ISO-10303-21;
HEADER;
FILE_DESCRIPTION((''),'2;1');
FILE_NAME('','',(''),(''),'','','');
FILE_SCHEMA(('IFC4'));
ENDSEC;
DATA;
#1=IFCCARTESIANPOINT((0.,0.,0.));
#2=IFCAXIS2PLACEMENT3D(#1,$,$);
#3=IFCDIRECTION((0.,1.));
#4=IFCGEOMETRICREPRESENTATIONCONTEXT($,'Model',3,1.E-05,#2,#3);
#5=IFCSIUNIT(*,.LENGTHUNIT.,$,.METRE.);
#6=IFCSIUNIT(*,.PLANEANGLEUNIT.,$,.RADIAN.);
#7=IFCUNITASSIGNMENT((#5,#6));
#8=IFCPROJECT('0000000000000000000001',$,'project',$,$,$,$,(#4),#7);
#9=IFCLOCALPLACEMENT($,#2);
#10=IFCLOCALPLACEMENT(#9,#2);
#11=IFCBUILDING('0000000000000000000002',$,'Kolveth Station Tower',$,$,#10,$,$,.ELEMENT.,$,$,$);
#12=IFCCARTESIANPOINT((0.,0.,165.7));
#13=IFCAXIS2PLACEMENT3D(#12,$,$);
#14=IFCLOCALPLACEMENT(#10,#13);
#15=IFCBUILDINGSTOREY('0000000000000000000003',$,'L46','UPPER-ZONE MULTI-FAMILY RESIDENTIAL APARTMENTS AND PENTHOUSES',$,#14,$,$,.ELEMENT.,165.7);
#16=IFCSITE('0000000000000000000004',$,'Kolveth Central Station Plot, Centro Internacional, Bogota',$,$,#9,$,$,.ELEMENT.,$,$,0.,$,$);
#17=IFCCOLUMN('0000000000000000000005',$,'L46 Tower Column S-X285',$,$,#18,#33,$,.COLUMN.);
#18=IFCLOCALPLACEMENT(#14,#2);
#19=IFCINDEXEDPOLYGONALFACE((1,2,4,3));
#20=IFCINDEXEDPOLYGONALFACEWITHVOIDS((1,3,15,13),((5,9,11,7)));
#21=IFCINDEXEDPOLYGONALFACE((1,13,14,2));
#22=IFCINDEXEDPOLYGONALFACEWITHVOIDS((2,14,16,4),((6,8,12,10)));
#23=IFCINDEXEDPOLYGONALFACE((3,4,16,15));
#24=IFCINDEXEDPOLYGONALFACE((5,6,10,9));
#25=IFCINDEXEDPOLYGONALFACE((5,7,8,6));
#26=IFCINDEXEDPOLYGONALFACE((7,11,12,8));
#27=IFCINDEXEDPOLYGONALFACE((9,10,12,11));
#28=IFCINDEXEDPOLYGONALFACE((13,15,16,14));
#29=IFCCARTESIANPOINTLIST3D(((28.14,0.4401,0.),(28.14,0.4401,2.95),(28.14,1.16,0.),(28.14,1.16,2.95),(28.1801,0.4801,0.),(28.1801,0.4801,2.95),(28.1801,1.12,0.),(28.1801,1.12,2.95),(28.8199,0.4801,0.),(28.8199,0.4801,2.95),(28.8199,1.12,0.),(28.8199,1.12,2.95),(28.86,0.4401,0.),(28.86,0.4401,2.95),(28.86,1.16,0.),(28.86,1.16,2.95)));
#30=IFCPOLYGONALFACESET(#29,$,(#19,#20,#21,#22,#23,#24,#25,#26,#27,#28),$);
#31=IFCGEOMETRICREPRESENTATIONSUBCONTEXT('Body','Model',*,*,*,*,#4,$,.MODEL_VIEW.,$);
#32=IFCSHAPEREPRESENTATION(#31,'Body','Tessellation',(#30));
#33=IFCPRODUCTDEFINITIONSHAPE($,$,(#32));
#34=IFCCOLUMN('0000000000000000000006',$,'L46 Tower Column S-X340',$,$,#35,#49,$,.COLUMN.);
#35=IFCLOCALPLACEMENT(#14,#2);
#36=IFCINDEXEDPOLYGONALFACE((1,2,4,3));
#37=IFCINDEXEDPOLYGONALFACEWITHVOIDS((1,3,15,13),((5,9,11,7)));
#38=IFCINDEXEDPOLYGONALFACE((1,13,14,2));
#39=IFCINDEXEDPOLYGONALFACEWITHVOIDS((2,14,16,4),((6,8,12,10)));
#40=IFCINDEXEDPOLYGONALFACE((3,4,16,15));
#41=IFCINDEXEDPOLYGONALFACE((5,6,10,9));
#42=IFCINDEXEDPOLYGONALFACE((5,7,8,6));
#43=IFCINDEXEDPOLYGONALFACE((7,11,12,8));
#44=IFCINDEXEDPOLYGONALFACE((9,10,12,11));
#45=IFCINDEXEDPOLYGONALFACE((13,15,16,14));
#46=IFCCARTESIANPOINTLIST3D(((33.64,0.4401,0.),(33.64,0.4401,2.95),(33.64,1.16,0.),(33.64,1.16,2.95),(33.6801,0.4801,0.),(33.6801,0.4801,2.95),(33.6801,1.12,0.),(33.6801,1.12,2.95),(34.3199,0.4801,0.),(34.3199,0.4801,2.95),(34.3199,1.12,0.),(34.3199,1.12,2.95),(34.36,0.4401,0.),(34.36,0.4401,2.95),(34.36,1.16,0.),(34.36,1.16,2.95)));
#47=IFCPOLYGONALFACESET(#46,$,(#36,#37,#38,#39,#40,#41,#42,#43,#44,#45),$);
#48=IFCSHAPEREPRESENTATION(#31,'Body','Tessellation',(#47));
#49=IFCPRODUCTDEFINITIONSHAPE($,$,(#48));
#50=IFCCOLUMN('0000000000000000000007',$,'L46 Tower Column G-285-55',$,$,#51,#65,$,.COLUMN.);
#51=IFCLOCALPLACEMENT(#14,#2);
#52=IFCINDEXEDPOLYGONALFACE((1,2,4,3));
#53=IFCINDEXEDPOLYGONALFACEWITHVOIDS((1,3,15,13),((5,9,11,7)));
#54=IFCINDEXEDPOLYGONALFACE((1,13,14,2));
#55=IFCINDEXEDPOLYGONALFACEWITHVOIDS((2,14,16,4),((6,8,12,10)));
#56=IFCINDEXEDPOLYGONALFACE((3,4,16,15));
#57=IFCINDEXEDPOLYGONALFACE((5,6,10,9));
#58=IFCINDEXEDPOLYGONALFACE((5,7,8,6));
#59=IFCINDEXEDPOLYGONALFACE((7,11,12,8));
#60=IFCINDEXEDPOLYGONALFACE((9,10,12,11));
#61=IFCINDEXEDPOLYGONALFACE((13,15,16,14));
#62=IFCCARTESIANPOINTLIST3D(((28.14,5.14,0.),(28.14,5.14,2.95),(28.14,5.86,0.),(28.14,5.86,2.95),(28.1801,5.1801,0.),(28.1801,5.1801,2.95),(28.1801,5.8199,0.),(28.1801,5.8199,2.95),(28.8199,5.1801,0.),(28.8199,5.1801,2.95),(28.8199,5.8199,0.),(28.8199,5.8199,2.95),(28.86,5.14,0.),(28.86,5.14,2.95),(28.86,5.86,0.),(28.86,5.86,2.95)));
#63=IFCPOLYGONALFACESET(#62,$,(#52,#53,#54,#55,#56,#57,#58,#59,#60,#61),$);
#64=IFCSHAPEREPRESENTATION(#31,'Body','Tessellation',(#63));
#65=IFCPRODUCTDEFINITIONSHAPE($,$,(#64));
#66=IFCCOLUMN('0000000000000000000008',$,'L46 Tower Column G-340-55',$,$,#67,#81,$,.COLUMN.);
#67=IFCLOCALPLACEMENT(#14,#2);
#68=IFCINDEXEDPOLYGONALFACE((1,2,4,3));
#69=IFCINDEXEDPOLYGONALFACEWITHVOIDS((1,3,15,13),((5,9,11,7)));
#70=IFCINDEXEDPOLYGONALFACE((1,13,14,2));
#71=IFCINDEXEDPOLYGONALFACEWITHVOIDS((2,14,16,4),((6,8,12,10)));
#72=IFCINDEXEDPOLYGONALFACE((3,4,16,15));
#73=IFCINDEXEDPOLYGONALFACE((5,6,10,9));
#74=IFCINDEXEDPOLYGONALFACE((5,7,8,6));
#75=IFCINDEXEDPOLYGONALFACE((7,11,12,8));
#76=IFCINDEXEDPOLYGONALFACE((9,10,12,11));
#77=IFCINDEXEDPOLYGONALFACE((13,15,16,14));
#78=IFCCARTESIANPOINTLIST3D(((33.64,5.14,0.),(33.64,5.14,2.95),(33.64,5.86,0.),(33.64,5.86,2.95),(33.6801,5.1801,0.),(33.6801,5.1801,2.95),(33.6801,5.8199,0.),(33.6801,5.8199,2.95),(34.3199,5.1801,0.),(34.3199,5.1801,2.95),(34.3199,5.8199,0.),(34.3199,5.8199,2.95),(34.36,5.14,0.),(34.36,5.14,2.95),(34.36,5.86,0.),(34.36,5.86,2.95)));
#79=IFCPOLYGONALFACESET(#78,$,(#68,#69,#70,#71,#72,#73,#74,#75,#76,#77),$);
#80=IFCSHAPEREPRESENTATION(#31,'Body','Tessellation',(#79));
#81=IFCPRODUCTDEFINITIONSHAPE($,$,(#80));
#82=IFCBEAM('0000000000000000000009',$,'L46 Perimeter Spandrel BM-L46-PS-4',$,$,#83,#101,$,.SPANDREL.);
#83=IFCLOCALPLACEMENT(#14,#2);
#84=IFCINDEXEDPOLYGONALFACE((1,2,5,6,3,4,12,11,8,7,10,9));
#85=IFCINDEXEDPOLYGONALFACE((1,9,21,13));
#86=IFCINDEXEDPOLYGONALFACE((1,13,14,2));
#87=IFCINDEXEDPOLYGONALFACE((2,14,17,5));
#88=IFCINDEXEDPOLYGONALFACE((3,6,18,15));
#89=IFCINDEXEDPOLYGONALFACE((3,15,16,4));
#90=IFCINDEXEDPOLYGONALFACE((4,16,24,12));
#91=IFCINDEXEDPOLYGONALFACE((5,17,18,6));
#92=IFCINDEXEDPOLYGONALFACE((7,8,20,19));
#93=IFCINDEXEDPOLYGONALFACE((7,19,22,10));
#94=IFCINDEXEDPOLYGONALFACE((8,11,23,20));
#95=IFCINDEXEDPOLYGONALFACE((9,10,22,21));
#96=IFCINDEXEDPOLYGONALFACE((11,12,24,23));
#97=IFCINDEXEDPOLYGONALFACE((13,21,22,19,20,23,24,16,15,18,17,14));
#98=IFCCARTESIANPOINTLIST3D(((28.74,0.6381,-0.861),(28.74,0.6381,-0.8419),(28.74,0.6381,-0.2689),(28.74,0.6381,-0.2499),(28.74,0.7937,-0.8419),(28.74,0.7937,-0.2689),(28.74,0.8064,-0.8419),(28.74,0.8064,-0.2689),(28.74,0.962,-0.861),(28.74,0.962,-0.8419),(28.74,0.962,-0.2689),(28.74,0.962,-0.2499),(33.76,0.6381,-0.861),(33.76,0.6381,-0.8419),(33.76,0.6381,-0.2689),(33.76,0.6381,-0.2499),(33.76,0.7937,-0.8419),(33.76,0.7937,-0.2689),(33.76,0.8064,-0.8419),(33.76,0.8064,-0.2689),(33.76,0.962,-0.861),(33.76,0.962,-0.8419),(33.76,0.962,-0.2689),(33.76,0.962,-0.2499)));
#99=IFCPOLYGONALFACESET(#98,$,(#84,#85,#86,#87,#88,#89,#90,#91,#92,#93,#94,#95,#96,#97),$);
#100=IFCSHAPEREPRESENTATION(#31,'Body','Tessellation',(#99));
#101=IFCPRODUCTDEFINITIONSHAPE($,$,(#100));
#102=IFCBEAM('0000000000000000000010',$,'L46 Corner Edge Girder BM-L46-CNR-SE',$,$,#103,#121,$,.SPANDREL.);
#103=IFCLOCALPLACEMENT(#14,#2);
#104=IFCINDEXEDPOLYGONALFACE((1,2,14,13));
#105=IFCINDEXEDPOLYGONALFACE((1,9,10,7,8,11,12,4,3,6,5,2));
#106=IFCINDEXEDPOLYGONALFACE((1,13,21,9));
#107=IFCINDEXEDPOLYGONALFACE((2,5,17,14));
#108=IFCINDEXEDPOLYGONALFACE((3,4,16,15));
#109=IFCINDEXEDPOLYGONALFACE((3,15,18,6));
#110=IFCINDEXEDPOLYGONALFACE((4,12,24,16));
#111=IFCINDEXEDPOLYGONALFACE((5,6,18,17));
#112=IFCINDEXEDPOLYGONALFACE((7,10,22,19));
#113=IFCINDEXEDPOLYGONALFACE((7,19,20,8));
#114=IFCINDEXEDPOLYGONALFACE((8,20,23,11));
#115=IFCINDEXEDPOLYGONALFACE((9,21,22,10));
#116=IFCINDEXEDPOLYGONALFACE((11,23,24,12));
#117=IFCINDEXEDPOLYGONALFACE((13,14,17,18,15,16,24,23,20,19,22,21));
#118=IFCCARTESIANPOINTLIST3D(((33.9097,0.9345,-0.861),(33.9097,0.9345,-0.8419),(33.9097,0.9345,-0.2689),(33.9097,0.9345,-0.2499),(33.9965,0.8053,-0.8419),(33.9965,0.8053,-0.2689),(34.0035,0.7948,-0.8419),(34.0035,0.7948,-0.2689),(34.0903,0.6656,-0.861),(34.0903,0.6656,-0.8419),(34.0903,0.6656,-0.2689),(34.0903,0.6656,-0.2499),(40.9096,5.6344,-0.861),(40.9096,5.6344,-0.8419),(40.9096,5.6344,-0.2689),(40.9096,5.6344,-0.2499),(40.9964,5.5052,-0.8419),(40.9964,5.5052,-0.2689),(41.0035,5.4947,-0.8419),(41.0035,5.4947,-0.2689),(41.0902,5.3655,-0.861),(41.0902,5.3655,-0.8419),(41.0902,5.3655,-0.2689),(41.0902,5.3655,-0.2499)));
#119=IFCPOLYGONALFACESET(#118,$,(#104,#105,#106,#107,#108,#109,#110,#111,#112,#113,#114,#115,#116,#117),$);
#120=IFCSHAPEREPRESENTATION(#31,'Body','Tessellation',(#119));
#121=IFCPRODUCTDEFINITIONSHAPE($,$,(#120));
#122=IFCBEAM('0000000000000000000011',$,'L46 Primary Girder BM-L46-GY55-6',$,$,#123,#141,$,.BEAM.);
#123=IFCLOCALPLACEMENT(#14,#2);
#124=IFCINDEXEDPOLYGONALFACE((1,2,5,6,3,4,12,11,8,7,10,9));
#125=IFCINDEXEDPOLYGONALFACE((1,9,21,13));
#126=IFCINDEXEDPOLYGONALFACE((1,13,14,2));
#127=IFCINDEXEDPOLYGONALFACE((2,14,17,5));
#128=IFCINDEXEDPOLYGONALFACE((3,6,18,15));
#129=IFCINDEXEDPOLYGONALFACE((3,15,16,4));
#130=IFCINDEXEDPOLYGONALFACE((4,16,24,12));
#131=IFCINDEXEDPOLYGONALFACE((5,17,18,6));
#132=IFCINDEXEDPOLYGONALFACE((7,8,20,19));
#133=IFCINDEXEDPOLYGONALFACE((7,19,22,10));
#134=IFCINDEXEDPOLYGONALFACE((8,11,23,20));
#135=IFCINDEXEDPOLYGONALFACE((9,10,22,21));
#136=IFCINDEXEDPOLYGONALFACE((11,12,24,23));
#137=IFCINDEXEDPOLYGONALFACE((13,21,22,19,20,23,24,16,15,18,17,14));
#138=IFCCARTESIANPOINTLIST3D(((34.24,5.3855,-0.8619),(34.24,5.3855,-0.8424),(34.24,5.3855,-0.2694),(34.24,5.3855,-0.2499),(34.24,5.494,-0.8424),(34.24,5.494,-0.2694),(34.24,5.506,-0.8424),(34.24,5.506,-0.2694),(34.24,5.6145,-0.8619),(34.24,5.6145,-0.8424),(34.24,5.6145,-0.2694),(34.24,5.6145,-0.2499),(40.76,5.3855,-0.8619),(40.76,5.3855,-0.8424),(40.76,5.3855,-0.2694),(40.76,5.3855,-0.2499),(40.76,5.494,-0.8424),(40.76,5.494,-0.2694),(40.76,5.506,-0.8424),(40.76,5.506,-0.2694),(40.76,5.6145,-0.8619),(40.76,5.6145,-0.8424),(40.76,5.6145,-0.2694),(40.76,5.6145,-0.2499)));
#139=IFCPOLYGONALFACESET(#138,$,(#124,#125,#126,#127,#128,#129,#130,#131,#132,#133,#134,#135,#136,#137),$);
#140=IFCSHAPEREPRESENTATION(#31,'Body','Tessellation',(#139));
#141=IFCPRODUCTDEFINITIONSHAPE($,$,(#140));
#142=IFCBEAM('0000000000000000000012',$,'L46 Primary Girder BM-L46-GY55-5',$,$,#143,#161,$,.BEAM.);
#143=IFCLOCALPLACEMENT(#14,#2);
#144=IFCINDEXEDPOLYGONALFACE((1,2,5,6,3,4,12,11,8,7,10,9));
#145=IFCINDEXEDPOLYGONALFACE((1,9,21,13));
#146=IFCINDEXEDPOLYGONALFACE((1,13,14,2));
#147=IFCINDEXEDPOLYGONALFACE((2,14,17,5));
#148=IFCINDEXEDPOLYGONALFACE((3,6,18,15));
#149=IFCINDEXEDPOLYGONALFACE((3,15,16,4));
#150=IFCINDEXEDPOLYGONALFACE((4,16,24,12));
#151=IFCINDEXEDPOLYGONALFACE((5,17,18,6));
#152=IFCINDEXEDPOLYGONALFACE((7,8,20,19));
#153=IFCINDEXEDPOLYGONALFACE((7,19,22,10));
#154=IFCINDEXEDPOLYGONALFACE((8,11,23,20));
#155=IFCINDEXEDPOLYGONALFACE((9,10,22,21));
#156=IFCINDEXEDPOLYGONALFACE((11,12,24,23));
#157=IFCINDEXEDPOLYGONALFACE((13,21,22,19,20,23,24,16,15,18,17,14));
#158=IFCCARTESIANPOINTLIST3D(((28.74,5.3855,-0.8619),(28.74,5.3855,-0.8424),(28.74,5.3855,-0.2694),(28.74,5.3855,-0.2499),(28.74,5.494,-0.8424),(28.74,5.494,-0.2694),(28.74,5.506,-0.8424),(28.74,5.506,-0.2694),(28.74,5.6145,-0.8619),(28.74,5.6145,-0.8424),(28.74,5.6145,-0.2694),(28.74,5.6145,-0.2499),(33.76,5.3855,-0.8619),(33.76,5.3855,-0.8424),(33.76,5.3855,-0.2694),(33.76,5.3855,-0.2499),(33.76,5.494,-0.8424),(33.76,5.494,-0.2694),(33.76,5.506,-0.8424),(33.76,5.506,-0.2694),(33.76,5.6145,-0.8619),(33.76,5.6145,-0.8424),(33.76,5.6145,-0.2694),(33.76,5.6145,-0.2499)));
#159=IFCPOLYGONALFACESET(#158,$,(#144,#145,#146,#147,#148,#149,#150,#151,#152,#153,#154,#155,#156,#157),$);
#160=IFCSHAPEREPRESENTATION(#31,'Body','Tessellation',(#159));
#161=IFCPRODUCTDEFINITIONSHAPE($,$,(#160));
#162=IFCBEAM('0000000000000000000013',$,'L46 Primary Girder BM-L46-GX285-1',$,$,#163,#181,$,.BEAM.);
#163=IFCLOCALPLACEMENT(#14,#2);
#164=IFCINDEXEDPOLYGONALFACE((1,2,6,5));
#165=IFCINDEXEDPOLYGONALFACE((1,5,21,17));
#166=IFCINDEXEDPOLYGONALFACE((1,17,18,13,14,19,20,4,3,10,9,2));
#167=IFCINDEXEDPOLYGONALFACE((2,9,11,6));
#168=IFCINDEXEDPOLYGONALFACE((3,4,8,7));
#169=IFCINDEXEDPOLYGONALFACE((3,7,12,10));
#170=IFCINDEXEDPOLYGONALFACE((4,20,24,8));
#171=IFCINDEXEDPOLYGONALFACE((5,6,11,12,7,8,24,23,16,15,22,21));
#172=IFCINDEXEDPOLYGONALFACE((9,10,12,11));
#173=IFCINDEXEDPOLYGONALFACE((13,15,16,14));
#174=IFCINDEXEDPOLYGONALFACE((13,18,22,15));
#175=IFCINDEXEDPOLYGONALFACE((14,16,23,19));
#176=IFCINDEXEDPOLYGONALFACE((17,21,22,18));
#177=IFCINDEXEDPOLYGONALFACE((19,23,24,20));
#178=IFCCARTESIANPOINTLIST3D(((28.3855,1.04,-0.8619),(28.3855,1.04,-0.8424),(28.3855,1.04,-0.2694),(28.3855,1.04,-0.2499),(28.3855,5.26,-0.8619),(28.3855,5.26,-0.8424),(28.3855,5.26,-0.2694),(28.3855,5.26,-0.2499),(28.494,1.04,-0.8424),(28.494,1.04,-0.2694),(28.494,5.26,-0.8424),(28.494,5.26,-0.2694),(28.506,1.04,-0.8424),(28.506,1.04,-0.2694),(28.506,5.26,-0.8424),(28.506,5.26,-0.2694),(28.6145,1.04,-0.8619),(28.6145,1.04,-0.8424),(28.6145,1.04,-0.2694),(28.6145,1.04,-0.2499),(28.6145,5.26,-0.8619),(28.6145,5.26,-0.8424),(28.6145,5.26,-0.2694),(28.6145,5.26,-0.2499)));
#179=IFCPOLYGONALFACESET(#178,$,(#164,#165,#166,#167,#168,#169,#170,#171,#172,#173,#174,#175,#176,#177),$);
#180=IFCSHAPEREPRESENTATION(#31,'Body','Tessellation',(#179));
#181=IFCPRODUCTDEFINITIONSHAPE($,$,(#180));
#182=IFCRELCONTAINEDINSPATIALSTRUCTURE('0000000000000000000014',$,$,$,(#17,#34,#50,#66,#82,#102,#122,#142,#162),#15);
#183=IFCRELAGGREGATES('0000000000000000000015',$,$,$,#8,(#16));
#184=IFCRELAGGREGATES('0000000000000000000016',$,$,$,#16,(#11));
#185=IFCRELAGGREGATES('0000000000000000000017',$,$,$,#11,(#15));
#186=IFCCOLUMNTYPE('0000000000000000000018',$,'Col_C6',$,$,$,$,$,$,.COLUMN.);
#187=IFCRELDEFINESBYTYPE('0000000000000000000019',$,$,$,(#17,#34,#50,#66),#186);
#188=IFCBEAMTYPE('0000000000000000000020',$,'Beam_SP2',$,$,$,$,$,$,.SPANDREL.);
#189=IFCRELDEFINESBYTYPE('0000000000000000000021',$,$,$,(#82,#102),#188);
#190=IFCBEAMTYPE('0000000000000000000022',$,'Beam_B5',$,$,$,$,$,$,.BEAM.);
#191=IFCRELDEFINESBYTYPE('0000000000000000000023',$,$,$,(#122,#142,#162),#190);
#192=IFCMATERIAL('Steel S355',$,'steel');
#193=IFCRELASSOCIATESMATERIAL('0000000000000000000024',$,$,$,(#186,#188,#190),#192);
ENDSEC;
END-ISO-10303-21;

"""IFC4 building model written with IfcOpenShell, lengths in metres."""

from ifc_helpers import new_model, si_unit, direction, frame, origin, origin_2d, place, context, subcontext, project, spatial, hollow_rectangle, i_section, extrude, source, transform, mapped, material, material_profile, profile_set, type_object, element, save


model = new_model("IFC4")

# Units and contexts
model_context = context("Model", 3, precision=1e-05, world=origin(), true_north=direction((0.0, 1.0)))
body_context = subcontext(model_context, "Body", "Model", "MODEL_VIEW")
ifc_project = project(units=[si_unit("LENGTHUNIT", "METRE"), si_unit("PLANEANGLEUNIT", "RADIAN")], contexts=[model_context])

# Site, building, storey
site_placement = place(None, origin())
site = spatial("IfcSite", under=ifc_project, at=site_placement, Name="Kolveth Central Station Plot, Centro Internacional, Bogota", CompositionType="ELEMENT", RefElevation=0.0)
building_placement = place(site_placement, origin())
building = spatial("IfcBuilding", under=site, at=building_placement, Name="Kolveth Station Tower", CompositionType="ELEMENT")
storey_placement = place(building_placement, frame((0.0, 0.0, 165.7)))
storey = spatial("IfcBuildingStorey", under=building, at=storey_placement, Name="L46", Description="UPPER-ZONE MULTI-FAMILY RESIDENTIAL APARTMENTS AND PENTHOUSES", CompositionType="ELEMENT", Elevation=165.7)

# Columns
ifc_material_1 = material(Name="Steel S355", Category="steel")
ifc_material_profile_1 = material_profile(ifc_material_1, hollow_rectangle(XDim=0.72, YDim=0.72, WallThickness=0.04, at=origin_2d()), Name="BOX720x720x40")
ifc_profile_set_1 = profile_set([ifc_material_profile_1], Name="Steel S355")
column_type = type_object("IfcColumnType", Name="Col_C6", PredefinedType="COLUMN", material=ifc_profile_set_1)
shared_shape_1 = source(origin(), body_context, "Body", "SweptSolid", [
    extrude(hollow_rectangle(XDim=0.72, YDim=0.72, WallThickness=0.04, at=origin_2d()), origin(), (0.0, 0.0, 1.0), 2.95),
])
for number, where, z_axis, x_axis, name in (
    (1, (28.5, 0.8, 0.0), (0.0, 0.0, 1.0), (1.0, 0.0, 0.0), "L46 Tower Column S-X285"),
    (2, (34.0, 0.8, 0.0), (0.0, 0.0, 1.0), (1.0, 0.0, 0.0), "L46 Tower Column S-X340"),
    (3, (28.5, 5.5, 0.0), (0.0, 0.0, 1.0), (1.0, 0.0, 0.0), "L46 Tower Column G-285-55"),
    (4, (34.0, 5.5, 0.0), (0.0, 0.0, 1.0), (1.0, 0.0, 0.0), "L46 Tower Column G-340-55"),
):
    element("IfcColumn", number, at=place(storey_placement, frame(where, z_axis=z_axis, x_axis=x_axis)), inside=storey, type_object=column_type, Name=name, PredefinedType="COLUMN", context=body_context, shape_type="MappedRepresentation", body=[
        mapped(shared_shape_1, transform((0.0, 0.0, 0.0), x_axis=(1.0, 0.0, 0.0), y_axis=(0.0, 1.0, 0.0), z_axis=(0.0, 0.0, 1.0), scale=1.0)),
    ])

# Beams
ifc_material_profile_2 = material_profile(ifc_material_1, i_section(OverallWidth=0.324, OverallDepth=0.6111, WebThickness=0.0127, FlangeThickness=0.019, at=origin_2d()), Name="W610x155")
ifc_profile_set_2 = profile_set([ifc_material_profile_2], Name="Steel S355")
beam_type_1 = type_object("IfcBeamType", Name="Beam_SP2", PredefinedType="SPANDREL", material=ifc_profile_set_2)
shared_shape_2 = source(origin(), body_context, "Body", "SweptSolid", [
    extrude(i_section(OverallWidth=0.324, OverallDepth=0.6111, WebThickness=0.0127, FlangeThickness=0.019, at=origin_2d()), origin(), (0.0, 0.0, 1.0), 5.02),
])
beam_1_placement = place(storey_placement, frame((28.74, 0.8, -0.5554), z_axis=(1.0, 0.0, 0.0), x_axis=(0.0, 1.0, 0.0)))
element("IfcBeam", 5, at=beam_1_placement, inside=storey, type_object=beam_type_1, Name="L46 Perimeter Spandrel BM-L46-PS-4", PredefinedType="SPANDREL", context=body_context, shape_type="MappedRepresentation", body=[
    mapped(shared_shape_2, transform((0.0, 0.0, 0.0), x_axis=(1.0, 0.0, 0.0), y_axis=(0.0, 1.0, 0.0), z_axis=(0.0, 0.0, 1.0), scale=1.0)),
])
shared_shape_3 = source(origin(), body_context, "Body", "SweptSolid", [
    extrude(i_section(OverallWidth=0.324, OverallDepth=0.6111, WebThickness=0.0127, FlangeThickness=0.019, at=origin_2d()), origin(), (0.0, 0.0, 1.0), 8.4314),
])
beam_2_placement = place(storey_placement, frame((34.0, 0.8, -0.5554), z_axis=(0.830224, 0.55743, 0.0), x_axis=(-0.55743, 0.830224, 0.0)))
element("IfcBeam", 6, at=beam_2_placement, inside=storey, type_object=beam_type_1, Name="L46 Corner Edge Girder BM-L46-CNR-SE", PredefinedType="SPANDREL", context=body_context, shape_type="MappedRepresentation", body=[
    mapped(shared_shape_3, transform((0.0, 0.0, 0.0), x_axis=(1.0, 0.0, 0.0), y_axis=(0.0, 1.0, 0.0), z_axis=(0.0, 0.0, 1.0), scale=1.0)),
])
ifc_material_profile_3 = material_profile(ifc_material_1, i_section(OverallWidth=0.229, OverallDepth=0.6121, WebThickness=0.012, FlangeThickness=0.0195, at=origin_2d()), Name="W610x125")
ifc_profile_set_3 = profile_set([ifc_material_profile_3], Name="Steel S355")
beam_type_2 = type_object("IfcBeamType", Name="Beam_B5", PredefinedType="BEAM", material=ifc_profile_set_3)
shared_shape_4 = source(origin(), body_context, "Body", "SweptSolid", [
    extrude(i_section(OverallWidth=0.229, OverallDepth=0.6121, WebThickness=0.012, FlangeThickness=0.0195, at=origin_2d()), origin(), (0.0, 0.0, 1.0), 6.52),
])
beam_3_placement = place(storey_placement, frame((34.24, 5.5, -0.5559), z_axis=(1.0, 0.0, 0.0), x_axis=(0.0, 1.0, 0.0)))
element("IfcBeam", 7, at=beam_3_placement, inside=storey, type_object=beam_type_2, Name="L46 Primary Girder BM-L46-GY55-6", PredefinedType="BEAM", context=body_context, shape_type="MappedRepresentation", body=[
    mapped(shared_shape_4, transform((0.0, 0.0, 0.0), x_axis=(1.0, 0.0, 0.0), y_axis=(0.0, 1.0, 0.0), z_axis=(0.0, 0.0, 1.0), scale=1.0)),
])
shared_shape_5 = source(origin(), body_context, "Body", "SweptSolid", [
    extrude(i_section(OverallWidth=0.229, OverallDepth=0.6121, WebThickness=0.012, FlangeThickness=0.0195, at=origin_2d()), origin(), (0.0, 0.0, 1.0), 5.02),
])
beam_4_placement = place(storey_placement, frame((28.74, 5.5, -0.5559), z_axis=(1.0, 0.0, 0.0), x_axis=(0.0, 1.0, 0.0)))
element("IfcBeam", 8, at=beam_4_placement, inside=storey, type_object=beam_type_2, Name="L46 Primary Girder BM-L46-GY55-5", PredefinedType="BEAM", context=body_context, shape_type="MappedRepresentation", body=[
    mapped(shared_shape_5, transform((0.0, 0.0, 0.0), x_axis=(1.0, 0.0, 0.0), y_axis=(0.0, 1.0, 0.0), z_axis=(0.0, 0.0, 1.0), scale=1.0)),
])
shared_shape_6 = source(origin(), body_context, "Body", "SweptSolid", [
    extrude(i_section(OverallWidth=0.229, OverallDepth=0.6121, WebThickness=0.012, FlangeThickness=0.0195, at=origin_2d()), origin(), (0.0, 0.0, 1.0), 4.22),
])
for number, where, z_axis, x_axis, name in (
    (9, (28.5, 1.04, -0.5559), (0.0, 1.0, 0.0), (-1.0, 0.0, 0.0), "L46 Primary Girder BM-L46-GX285-1"),
):
    element("IfcBeam", number, at=place(storey_placement, frame(where, z_axis=z_axis, x_axis=x_axis)), inside=storey, type_object=beam_type_2, Name=name, PredefinedType="BEAM", context=body_context, shape_type="MappedRepresentation", body=[
        mapped(shared_shape_6, transform((0.0, 0.0, 0.0), x_axis=(1.0, 0.0, 0.0), y_axis=(0.0, 1.0, 0.0), z_axis=(0.0, 0.0, 1.0), scale=1.0)),
    ])

save(model, "model.ifc")
